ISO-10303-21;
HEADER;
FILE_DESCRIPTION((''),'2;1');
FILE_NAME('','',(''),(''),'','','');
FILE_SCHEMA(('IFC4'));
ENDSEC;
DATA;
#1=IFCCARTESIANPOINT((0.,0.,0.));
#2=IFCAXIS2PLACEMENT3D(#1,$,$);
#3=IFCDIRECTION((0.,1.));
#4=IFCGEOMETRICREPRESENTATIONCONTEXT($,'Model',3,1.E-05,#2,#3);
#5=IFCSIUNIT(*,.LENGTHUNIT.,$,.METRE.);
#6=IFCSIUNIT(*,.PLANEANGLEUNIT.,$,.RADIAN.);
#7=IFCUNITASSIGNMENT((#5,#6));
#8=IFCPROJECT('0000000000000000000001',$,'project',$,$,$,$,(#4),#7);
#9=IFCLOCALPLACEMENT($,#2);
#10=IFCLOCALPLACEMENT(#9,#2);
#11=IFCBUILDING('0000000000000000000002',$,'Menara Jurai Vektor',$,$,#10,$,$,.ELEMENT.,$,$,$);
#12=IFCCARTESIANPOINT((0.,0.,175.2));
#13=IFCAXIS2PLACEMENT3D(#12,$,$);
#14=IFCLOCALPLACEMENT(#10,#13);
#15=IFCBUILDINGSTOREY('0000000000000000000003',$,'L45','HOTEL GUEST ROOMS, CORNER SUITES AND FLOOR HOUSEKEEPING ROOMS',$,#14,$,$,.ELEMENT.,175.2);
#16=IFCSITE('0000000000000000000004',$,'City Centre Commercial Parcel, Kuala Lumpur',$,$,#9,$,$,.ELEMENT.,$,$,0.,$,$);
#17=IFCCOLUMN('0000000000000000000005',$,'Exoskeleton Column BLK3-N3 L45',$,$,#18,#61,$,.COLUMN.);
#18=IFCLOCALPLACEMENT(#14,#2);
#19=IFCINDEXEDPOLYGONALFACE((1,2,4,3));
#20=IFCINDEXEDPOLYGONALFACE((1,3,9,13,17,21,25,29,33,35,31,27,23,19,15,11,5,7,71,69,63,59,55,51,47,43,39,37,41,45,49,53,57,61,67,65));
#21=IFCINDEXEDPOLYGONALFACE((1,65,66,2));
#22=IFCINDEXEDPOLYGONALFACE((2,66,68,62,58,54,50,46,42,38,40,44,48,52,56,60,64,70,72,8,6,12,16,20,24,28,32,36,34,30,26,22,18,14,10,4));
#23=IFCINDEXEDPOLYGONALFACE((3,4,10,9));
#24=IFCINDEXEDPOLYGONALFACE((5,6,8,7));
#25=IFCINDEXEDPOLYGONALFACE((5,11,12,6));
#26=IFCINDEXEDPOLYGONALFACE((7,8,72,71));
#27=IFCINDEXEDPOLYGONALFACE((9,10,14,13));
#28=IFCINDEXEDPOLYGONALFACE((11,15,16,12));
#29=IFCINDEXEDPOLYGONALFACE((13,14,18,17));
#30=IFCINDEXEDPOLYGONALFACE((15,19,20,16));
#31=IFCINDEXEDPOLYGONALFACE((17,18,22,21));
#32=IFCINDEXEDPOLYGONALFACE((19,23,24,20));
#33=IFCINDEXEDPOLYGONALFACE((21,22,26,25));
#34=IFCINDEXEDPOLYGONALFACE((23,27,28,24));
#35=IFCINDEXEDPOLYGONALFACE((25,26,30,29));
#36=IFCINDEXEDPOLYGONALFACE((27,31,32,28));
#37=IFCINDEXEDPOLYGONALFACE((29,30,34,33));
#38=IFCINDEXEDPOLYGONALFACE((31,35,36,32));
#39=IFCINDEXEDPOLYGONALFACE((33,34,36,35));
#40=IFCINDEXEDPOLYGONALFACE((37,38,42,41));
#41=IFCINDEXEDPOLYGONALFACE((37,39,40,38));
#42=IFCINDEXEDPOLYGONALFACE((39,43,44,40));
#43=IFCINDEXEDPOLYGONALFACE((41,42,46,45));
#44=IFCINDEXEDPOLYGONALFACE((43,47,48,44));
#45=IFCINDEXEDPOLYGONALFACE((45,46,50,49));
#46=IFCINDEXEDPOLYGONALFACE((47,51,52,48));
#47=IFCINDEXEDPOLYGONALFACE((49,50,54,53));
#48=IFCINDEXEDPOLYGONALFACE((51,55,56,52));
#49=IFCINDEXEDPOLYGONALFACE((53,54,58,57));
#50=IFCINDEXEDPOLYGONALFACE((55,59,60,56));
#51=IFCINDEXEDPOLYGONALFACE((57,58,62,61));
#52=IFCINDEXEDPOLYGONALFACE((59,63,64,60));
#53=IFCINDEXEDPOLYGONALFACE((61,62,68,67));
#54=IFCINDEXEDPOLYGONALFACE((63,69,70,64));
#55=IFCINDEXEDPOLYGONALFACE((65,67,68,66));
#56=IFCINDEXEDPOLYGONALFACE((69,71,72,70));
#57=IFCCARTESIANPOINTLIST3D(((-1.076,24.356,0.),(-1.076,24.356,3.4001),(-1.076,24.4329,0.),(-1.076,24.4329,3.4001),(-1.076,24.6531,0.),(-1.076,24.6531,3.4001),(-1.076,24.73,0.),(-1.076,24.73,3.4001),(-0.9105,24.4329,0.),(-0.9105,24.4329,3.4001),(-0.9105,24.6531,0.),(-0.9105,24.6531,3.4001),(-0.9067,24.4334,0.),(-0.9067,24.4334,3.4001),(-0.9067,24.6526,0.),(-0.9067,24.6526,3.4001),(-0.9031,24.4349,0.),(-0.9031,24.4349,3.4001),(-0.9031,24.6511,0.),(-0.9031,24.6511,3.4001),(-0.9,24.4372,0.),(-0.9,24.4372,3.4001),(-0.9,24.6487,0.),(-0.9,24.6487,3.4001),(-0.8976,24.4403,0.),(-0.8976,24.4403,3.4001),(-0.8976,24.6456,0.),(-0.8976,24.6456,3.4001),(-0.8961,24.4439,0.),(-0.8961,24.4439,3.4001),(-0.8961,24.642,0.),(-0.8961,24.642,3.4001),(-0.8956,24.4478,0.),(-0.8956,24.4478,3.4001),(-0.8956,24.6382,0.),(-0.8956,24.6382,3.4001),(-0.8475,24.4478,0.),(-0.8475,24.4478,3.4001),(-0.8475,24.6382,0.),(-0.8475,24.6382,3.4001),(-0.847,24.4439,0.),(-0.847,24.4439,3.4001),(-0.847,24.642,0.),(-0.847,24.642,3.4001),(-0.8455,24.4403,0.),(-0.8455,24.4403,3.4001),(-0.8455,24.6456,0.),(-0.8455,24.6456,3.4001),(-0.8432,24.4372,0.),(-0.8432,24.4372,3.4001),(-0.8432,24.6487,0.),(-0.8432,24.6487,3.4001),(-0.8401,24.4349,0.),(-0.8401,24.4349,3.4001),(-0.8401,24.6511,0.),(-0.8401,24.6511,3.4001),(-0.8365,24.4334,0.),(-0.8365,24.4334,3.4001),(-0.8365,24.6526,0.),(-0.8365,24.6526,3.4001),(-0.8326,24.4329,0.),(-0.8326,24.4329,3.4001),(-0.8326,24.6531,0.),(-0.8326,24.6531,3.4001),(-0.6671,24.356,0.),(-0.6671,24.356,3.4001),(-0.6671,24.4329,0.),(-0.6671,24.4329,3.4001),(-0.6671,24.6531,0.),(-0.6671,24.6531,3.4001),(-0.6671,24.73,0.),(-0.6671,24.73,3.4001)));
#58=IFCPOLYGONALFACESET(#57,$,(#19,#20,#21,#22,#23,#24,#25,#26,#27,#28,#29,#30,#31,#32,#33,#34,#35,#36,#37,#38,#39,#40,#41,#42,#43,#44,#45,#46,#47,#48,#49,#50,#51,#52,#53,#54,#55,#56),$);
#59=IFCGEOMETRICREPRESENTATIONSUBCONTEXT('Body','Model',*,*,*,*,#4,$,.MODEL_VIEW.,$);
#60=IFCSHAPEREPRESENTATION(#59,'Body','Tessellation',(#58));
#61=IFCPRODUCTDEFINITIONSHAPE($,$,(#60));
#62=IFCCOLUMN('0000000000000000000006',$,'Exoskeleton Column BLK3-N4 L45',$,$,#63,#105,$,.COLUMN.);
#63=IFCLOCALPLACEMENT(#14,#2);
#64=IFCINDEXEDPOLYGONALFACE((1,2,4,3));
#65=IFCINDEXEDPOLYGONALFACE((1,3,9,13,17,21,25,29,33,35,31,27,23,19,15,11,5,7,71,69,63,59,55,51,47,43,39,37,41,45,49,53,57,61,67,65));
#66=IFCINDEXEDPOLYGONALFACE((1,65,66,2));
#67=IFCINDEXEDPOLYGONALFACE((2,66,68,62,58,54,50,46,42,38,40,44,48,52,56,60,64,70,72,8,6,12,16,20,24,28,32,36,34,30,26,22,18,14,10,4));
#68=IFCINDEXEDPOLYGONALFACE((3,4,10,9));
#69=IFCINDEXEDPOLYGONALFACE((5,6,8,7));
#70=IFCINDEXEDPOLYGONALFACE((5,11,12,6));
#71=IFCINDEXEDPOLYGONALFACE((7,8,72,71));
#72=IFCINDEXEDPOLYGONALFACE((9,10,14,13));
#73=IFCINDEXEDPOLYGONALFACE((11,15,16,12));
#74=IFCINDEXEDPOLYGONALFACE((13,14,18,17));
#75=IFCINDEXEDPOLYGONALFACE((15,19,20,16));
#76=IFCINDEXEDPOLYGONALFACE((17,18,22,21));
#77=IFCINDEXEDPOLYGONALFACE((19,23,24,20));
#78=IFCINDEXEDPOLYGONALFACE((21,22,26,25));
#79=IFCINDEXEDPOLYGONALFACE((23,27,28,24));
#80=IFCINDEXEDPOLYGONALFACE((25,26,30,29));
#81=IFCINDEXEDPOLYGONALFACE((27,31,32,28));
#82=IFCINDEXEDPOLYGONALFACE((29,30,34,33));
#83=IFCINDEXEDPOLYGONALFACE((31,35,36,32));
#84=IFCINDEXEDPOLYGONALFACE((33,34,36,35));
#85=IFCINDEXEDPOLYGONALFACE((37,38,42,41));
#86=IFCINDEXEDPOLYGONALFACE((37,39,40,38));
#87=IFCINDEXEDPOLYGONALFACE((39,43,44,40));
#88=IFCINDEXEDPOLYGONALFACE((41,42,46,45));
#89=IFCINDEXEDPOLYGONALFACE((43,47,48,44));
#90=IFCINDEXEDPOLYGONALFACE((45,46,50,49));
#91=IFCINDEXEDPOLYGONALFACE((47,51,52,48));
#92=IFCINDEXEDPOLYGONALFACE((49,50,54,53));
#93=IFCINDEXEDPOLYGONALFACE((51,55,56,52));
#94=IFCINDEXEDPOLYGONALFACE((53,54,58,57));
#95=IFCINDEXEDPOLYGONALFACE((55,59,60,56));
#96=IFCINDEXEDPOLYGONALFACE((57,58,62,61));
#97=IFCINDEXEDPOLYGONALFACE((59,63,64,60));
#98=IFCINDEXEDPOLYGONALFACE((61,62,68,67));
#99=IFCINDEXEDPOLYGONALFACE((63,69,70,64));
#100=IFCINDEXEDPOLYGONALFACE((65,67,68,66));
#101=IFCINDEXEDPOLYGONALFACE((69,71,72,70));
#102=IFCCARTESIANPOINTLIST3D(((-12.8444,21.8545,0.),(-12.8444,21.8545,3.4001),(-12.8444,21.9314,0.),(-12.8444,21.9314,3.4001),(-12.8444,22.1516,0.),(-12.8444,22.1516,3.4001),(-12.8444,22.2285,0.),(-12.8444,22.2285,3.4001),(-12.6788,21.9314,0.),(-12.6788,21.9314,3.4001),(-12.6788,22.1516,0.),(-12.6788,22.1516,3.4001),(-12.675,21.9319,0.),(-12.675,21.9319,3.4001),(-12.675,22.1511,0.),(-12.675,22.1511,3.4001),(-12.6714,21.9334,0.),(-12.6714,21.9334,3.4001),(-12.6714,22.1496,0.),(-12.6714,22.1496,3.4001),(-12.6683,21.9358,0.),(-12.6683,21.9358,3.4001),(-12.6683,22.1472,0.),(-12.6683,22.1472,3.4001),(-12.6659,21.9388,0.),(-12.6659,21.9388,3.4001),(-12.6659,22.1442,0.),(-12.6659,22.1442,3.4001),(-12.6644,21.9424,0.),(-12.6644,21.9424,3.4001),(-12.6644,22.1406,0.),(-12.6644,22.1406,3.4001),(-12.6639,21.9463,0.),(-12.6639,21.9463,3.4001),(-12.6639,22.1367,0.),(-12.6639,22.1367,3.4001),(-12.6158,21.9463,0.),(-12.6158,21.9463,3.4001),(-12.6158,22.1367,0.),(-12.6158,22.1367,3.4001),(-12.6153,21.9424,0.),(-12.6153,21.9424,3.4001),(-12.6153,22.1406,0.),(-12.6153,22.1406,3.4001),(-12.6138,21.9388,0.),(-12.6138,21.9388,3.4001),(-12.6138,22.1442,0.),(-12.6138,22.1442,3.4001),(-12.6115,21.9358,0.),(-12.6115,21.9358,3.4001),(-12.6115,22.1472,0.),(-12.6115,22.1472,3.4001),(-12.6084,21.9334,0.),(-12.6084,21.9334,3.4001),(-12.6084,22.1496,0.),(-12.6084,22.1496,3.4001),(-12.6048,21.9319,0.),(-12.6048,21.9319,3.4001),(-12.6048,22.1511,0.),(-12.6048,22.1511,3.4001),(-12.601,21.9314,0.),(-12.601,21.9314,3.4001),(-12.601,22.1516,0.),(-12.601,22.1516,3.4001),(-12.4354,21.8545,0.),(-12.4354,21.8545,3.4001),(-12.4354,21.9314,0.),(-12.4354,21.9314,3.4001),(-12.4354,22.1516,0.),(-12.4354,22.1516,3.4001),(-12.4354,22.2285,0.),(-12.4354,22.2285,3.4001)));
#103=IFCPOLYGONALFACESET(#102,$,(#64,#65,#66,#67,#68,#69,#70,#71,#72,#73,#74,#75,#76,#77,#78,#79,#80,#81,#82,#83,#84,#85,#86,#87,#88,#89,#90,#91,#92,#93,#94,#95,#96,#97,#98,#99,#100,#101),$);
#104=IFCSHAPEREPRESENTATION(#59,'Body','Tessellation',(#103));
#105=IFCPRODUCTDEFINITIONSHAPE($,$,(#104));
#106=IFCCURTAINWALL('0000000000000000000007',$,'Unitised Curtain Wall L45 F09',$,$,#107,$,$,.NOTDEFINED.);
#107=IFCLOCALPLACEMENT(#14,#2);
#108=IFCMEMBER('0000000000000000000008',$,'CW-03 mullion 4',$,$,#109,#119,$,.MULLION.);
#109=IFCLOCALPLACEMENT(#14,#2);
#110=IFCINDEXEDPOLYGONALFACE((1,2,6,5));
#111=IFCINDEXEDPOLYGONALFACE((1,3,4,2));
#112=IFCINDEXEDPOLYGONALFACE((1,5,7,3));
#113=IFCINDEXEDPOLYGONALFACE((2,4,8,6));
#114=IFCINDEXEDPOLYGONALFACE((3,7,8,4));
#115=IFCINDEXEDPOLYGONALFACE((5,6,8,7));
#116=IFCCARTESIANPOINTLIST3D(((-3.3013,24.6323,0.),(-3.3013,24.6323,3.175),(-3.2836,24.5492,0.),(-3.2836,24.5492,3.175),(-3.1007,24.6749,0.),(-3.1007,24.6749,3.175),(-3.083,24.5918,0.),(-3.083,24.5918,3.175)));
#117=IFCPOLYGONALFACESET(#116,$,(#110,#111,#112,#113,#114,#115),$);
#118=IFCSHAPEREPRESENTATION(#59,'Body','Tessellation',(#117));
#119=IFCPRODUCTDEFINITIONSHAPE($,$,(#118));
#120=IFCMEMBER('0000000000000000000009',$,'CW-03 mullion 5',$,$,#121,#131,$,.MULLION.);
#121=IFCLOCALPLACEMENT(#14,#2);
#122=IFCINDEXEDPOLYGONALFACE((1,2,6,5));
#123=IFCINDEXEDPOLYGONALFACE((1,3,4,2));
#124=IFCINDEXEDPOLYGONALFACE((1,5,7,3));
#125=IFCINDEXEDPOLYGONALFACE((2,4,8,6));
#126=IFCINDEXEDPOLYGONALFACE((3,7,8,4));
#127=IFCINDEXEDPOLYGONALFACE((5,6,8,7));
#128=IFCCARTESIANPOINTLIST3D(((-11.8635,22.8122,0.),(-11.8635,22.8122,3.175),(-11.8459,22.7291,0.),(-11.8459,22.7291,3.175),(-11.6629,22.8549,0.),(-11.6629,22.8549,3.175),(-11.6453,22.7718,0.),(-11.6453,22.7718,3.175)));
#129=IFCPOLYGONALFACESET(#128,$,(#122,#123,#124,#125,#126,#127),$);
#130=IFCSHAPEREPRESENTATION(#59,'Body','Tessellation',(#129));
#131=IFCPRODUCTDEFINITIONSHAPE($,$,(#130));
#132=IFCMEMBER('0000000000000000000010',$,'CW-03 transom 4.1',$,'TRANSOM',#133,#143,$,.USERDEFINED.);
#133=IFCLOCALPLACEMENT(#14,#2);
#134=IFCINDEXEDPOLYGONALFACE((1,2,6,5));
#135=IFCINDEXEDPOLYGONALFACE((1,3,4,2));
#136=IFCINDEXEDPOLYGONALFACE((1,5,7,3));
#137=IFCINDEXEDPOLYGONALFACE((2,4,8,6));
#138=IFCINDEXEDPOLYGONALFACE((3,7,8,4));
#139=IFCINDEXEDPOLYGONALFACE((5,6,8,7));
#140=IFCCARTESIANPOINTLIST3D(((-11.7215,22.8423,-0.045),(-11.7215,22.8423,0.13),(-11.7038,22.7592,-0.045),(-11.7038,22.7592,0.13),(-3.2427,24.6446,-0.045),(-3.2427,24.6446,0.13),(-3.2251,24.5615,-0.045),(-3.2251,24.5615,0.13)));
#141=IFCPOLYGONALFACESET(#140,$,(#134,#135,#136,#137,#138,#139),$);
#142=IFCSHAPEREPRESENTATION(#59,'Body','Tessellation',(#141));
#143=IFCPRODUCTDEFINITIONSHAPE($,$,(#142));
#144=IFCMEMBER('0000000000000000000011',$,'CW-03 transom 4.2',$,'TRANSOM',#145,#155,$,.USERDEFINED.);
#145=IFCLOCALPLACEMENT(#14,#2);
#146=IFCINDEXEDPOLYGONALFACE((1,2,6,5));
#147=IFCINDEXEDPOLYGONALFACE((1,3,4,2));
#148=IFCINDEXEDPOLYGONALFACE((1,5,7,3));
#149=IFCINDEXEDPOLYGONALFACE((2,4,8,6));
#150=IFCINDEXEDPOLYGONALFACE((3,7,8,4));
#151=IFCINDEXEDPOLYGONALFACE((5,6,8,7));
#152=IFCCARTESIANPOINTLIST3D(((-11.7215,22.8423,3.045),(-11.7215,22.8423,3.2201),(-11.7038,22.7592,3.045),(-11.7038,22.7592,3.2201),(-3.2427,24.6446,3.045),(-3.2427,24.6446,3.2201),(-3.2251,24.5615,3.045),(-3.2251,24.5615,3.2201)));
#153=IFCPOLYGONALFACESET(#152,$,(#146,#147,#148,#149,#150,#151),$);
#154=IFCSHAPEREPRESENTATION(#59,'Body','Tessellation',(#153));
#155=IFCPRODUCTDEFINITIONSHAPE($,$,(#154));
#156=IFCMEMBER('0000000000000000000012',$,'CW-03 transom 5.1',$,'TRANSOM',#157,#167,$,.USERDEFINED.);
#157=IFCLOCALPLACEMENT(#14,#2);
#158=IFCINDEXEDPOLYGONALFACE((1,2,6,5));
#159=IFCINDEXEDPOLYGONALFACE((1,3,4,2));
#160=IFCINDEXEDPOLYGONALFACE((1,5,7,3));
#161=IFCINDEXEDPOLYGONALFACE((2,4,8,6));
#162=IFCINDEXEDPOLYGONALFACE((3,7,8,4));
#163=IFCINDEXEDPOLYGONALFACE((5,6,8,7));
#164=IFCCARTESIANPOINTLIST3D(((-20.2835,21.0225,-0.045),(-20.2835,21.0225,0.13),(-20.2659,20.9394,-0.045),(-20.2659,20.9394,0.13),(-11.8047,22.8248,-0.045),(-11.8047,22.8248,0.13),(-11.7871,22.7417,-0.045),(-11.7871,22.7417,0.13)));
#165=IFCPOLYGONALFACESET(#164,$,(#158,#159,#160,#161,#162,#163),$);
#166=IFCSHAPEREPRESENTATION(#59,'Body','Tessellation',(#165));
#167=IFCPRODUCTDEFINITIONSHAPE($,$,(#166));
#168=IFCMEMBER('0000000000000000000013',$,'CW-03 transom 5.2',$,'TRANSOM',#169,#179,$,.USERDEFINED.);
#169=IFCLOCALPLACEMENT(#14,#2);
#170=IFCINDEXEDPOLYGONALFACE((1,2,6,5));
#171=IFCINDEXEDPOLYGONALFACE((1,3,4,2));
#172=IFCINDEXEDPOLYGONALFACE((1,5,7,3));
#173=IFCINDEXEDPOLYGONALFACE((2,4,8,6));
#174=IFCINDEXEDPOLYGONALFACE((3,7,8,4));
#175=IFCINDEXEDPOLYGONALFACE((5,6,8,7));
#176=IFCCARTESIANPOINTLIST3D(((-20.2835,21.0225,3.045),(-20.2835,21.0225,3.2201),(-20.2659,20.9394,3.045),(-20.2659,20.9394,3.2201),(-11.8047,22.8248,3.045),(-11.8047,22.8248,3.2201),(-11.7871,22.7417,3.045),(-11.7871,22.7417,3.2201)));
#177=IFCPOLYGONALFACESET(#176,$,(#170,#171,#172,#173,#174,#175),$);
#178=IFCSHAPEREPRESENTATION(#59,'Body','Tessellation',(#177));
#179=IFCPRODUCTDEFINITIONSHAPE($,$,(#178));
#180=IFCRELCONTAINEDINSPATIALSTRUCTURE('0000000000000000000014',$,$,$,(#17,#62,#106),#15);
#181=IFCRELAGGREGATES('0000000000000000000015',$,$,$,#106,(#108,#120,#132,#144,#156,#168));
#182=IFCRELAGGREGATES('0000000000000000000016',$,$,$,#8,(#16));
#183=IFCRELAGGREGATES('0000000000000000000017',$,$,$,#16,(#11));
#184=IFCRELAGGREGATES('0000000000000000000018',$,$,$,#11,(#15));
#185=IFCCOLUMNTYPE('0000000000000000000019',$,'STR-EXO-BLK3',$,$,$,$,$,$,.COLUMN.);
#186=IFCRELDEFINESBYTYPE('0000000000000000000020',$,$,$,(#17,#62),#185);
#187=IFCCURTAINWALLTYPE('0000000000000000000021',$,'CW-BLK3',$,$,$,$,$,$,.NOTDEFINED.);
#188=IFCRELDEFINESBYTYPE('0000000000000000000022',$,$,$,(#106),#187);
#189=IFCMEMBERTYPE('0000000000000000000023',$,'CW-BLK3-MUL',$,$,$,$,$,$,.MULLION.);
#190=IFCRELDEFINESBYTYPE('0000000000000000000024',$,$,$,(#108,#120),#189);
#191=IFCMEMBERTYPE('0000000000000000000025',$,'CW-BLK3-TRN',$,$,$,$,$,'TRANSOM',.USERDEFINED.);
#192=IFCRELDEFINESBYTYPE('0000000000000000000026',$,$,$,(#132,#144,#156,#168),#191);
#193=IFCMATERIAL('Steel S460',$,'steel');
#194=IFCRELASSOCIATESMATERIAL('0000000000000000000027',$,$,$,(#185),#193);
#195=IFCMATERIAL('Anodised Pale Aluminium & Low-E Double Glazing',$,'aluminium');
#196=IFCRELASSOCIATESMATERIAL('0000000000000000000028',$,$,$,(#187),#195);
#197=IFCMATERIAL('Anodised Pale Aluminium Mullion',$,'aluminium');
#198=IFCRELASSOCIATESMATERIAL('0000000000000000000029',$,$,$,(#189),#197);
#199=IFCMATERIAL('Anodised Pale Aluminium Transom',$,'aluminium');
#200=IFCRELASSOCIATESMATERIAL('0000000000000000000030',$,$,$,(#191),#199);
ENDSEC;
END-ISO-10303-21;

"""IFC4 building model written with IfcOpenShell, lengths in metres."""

from ifc_helpers import new_model, si_unit, direction, frame, origin, origin_2d, place, context, subcontext, project, spatial, rectangle, i_section, extrude, material, material_profile, profile_set, type_object, element, aggregate, save


model = new_model("IFC4")

# Units and contexts
model_context = context("Model", 3, precision=1e-05, world=origin(), true_north=direction((0.0, 1.0)))
body_context = subcontext(model_context, "Body", "Model", "MODEL_VIEW")
ifc_project = project(units=[si_unit("LENGTHUNIT", "METRE"), si_unit("PLANEANGLEUNIT", "RADIAN")], contexts=[model_context])

# Site, building, storey
site_placement = place(None, origin())
site = spatial("IfcSite", under=ifc_project, at=site_placement, Name="City Centre Commercial Parcel, Kuala Lumpur", CompositionType="ELEMENT", RefElevation=0.0)
building_placement = place(site_placement, origin())
building = spatial("IfcBuilding", under=site, at=building_placement, Name="Menara Jurai Vektor", CompositionType="ELEMENT")
storey_placement = place(building_placement, frame((0.0, 0.0, 175.2)))
storey = spatial("IfcBuildingStorey", under=building, at=storey_placement, Name="L45", Description="HOTEL GUEST ROOMS, CORNER SUITES AND FLOOR HOUSEKEEPING ROOMS", CompositionType="ELEMENT", Elevation=175.2)

# Columns
ifc_material_1 = material(Name="Steel S460", Category="steel")
ifc_material_profile_1 = material_profile(ifc_material_1, i_section(OverallWidth=0.4089, OverallDepth=0.374, WebThickness=0.0481, FlangeThickness=0.0769, FilletRadius=0.0149, at=origin_2d()), Name="HD 400x634")
ifc_profile_set_1 = profile_set([ifc_material_profile_1], Name="Steel S460")
column_type = type_object("IfcColumnType", Name="STR-EXO-BLK3", PredefinedType="COLUMN", material=ifc_profile_set_1)
for number, where, z_axis, x_axis, name in (
    (1, (-0.8716, 24.543, 0.0), (0.0, 0.0, 1.0), (1.0, 0.0, 0.0), "Exoskeleton Column BLK3-N3 L45"),
    (2, (-12.6399, 22.0415, 0.0), (0.0, 0.0, 1.0), (1.0, 0.0, 0.0), "Exoskeleton Column BLK3-N4 L45"),
):
    element("IfcColumn", number, at=place(storey_placement, frame(where, z_axis=z_axis, x_axis=x_axis)), inside=storey, type_object=column_type, Name=name, PredefinedType="COLUMN", context=body_context, shape_type="SweptSolid", body=[
        extrude(i_section(OverallWidth=0.4089, OverallDepth=0.374, WebThickness=0.0481, FlangeThickness=0.0769, FilletRadius=0.0149, at=origin_2d()), origin(), (0.0, 0.0, 1.0), 3.4001),
    ])

# Curtain wall, members
ifc_material_2 = material(Name="Anodised Pale Aluminium & Low-E Double Glazing", Category="aluminium")
curtain_wall_type = type_object("IfcCurtainWallType", Name="CW-BLK3", PredefinedType="NOTDEFINED", material=ifc_material_2)
curtain_wall_placement = place(storey_placement, origin())
curtain_wall = element("IfcCurtainWall", 3, at=curtain_wall_placement, inside=storey, type_object=curtain_wall_type, Name="Unitised Curtain Wall L45 F09", PredefinedType="NOTDEFINED")
ifc_material_3 = material(Name="Anodised Pale Aluminium Mullion", Category="aluminium")
ifc_material_profile_2 = material_profile(ifc_material_3, rectangle(XDim=0.085, YDim=0.2051, at=origin_2d()), Name="ALU MUL 85x205")
ifc_profile_set_2 = profile_set([ifc_material_profile_2], Name="Anodised Pale Aluminium Mullion")
member_type_1 = type_object("IfcMemberType", Name="CW-BLK3-MUL", PredefinedType="MULLION", material=ifc_profile_set_2)
member_1_placement = place(storey_placement, frame((-3.1921, 24.6121, 0.0), z_axis=(0.0, 0.0, 1.0), x_axis=(0.207911, -0.978148, 0.0)))
member_1 = element("IfcMember", 4, at=member_1_placement, type_object=member_type_1, Name="CW-03 mullion 4", PredefinedType="MULLION", context=body_context, shape_type="SweptSolid", body=[
    extrude(rectangle(XDim=0.085, YDim=0.2051, at=origin_2d()), origin(), (0.0, 0.0, 1.0), 3.175),
])
member_2_placement = place(storey_placement, frame((-11.7544, 22.792, 0.0), z_axis=(0.0, 0.0, 1.0), x_axis=(0.207911, -0.978148, 0.0)))
member_2 = element("IfcMember", 5, at=member_2_placement, type_object=member_type_1, Name="CW-03 mullion 5", PredefinedType="MULLION", context=body_context, shape_type="SweptSolid", body=[
    extrude(rectangle(XDim=0.085, YDim=0.2051, at=origin_2d()), origin(), (0.0, 0.0, 1.0), 3.175),
])
ifc_material_4 = material(Name="Anodised Pale Aluminium Transom", Category="aluminium")
ifc_material_profile_3 = material_profile(ifc_material_4, rectangle(XDim=0.085, YDim=0.175, at=origin_2d()), Name="ALU TRN 85x175")
ifc_profile_set_3 = profile_set([ifc_material_profile_3], Name="Anodised Pale Aluminium Transom")
member_type_2 = type_object("IfcMemberType", Name="CW-BLK3-TRN", ElementType="TRANSOM", PredefinedType="USERDEFINED", material=ifc_profile_set_3)
member_3_placement = place(storey_placement, frame((-3.2339, 24.603, 0.0425), z_axis=(-0.978147, -0.207915, 0.0), x_axis=(0.207915, -0.978147, 0.0)))
member_3 = element("IfcMember", 6, at=member_3_placement, type_object=member_type_2, Name="CW-03 transom 4.1", ObjectType="TRANSOM", PredefinedType="USERDEFINED", context=body_context, shape_type="SweptSolid", body=[
    extrude(rectangle(XDim=0.085, YDim=0.175, at=origin_2d()), origin(), (0.0, 0.0, 1.0), 8.6682),
])
member_4_placement = place(storey_placement, frame((-3.2339, 24.603, 3.1326), z_axis=(-0.978147, -0.207915, 0.0), x_axis=(0.207915, -0.978147, 0.0)))
member_4 = element("IfcMember", 7, at=member_4_placement, type_object=member_type_2, Name="CW-03 transom 4.2", ObjectType="TRANSOM", PredefinedType="USERDEFINED", context=body_context, shape_type="SweptSolid", body=[
    extrude(rectangle(XDim=0.085, YDim=0.175, at=origin_2d()), origin(), (0.0, 0.0, 1.0), 8.6682),
])
member_5_placement = place(storey_placement, frame((-11.7959, 22.7832, 0.0425), z_axis=(-0.978147, -0.207915, 0.0), x_axis=(0.207915, -0.978147, 0.0)))
member_5 = element("IfcMember", 8, at=member_5_placement, type_object=member_type_2, Name="CW-03 transom 5.1", ObjectType="TRANSOM", PredefinedType="USERDEFINED", context=body_context, shape_type="SweptSolid", body=[
    extrude(rectangle(XDim=0.085, YDim=0.175, at=origin_2d()), origin(), (0.0, 0.0, 1.0), 8.6682),
])
member_6_placement = place(storey_placement, frame((-11.7959, 22.7832, 3.1326), z_axis=(-0.978147, -0.207915, 0.0), x_axis=(0.207915, -0.978147, 0.0)))
member_6 = element("IfcMember", 9, at=member_6_placement, type_object=member_type_2, Name="CW-03 transom 5.2", ObjectType="TRANSOM", PredefinedType="USERDEFINED", context=body_context, shape_type="SweptSolid", body=[
    extrude(rectangle(XDim=0.085, YDim=0.175, at=origin_2d()), origin(), (0.0, 0.0, 1.0), 8.6682),
])

aggregate(curtain_wall, [member_1, member_2, member_3, member_4, member_5, member_6])

save(model, "model.ifc")
